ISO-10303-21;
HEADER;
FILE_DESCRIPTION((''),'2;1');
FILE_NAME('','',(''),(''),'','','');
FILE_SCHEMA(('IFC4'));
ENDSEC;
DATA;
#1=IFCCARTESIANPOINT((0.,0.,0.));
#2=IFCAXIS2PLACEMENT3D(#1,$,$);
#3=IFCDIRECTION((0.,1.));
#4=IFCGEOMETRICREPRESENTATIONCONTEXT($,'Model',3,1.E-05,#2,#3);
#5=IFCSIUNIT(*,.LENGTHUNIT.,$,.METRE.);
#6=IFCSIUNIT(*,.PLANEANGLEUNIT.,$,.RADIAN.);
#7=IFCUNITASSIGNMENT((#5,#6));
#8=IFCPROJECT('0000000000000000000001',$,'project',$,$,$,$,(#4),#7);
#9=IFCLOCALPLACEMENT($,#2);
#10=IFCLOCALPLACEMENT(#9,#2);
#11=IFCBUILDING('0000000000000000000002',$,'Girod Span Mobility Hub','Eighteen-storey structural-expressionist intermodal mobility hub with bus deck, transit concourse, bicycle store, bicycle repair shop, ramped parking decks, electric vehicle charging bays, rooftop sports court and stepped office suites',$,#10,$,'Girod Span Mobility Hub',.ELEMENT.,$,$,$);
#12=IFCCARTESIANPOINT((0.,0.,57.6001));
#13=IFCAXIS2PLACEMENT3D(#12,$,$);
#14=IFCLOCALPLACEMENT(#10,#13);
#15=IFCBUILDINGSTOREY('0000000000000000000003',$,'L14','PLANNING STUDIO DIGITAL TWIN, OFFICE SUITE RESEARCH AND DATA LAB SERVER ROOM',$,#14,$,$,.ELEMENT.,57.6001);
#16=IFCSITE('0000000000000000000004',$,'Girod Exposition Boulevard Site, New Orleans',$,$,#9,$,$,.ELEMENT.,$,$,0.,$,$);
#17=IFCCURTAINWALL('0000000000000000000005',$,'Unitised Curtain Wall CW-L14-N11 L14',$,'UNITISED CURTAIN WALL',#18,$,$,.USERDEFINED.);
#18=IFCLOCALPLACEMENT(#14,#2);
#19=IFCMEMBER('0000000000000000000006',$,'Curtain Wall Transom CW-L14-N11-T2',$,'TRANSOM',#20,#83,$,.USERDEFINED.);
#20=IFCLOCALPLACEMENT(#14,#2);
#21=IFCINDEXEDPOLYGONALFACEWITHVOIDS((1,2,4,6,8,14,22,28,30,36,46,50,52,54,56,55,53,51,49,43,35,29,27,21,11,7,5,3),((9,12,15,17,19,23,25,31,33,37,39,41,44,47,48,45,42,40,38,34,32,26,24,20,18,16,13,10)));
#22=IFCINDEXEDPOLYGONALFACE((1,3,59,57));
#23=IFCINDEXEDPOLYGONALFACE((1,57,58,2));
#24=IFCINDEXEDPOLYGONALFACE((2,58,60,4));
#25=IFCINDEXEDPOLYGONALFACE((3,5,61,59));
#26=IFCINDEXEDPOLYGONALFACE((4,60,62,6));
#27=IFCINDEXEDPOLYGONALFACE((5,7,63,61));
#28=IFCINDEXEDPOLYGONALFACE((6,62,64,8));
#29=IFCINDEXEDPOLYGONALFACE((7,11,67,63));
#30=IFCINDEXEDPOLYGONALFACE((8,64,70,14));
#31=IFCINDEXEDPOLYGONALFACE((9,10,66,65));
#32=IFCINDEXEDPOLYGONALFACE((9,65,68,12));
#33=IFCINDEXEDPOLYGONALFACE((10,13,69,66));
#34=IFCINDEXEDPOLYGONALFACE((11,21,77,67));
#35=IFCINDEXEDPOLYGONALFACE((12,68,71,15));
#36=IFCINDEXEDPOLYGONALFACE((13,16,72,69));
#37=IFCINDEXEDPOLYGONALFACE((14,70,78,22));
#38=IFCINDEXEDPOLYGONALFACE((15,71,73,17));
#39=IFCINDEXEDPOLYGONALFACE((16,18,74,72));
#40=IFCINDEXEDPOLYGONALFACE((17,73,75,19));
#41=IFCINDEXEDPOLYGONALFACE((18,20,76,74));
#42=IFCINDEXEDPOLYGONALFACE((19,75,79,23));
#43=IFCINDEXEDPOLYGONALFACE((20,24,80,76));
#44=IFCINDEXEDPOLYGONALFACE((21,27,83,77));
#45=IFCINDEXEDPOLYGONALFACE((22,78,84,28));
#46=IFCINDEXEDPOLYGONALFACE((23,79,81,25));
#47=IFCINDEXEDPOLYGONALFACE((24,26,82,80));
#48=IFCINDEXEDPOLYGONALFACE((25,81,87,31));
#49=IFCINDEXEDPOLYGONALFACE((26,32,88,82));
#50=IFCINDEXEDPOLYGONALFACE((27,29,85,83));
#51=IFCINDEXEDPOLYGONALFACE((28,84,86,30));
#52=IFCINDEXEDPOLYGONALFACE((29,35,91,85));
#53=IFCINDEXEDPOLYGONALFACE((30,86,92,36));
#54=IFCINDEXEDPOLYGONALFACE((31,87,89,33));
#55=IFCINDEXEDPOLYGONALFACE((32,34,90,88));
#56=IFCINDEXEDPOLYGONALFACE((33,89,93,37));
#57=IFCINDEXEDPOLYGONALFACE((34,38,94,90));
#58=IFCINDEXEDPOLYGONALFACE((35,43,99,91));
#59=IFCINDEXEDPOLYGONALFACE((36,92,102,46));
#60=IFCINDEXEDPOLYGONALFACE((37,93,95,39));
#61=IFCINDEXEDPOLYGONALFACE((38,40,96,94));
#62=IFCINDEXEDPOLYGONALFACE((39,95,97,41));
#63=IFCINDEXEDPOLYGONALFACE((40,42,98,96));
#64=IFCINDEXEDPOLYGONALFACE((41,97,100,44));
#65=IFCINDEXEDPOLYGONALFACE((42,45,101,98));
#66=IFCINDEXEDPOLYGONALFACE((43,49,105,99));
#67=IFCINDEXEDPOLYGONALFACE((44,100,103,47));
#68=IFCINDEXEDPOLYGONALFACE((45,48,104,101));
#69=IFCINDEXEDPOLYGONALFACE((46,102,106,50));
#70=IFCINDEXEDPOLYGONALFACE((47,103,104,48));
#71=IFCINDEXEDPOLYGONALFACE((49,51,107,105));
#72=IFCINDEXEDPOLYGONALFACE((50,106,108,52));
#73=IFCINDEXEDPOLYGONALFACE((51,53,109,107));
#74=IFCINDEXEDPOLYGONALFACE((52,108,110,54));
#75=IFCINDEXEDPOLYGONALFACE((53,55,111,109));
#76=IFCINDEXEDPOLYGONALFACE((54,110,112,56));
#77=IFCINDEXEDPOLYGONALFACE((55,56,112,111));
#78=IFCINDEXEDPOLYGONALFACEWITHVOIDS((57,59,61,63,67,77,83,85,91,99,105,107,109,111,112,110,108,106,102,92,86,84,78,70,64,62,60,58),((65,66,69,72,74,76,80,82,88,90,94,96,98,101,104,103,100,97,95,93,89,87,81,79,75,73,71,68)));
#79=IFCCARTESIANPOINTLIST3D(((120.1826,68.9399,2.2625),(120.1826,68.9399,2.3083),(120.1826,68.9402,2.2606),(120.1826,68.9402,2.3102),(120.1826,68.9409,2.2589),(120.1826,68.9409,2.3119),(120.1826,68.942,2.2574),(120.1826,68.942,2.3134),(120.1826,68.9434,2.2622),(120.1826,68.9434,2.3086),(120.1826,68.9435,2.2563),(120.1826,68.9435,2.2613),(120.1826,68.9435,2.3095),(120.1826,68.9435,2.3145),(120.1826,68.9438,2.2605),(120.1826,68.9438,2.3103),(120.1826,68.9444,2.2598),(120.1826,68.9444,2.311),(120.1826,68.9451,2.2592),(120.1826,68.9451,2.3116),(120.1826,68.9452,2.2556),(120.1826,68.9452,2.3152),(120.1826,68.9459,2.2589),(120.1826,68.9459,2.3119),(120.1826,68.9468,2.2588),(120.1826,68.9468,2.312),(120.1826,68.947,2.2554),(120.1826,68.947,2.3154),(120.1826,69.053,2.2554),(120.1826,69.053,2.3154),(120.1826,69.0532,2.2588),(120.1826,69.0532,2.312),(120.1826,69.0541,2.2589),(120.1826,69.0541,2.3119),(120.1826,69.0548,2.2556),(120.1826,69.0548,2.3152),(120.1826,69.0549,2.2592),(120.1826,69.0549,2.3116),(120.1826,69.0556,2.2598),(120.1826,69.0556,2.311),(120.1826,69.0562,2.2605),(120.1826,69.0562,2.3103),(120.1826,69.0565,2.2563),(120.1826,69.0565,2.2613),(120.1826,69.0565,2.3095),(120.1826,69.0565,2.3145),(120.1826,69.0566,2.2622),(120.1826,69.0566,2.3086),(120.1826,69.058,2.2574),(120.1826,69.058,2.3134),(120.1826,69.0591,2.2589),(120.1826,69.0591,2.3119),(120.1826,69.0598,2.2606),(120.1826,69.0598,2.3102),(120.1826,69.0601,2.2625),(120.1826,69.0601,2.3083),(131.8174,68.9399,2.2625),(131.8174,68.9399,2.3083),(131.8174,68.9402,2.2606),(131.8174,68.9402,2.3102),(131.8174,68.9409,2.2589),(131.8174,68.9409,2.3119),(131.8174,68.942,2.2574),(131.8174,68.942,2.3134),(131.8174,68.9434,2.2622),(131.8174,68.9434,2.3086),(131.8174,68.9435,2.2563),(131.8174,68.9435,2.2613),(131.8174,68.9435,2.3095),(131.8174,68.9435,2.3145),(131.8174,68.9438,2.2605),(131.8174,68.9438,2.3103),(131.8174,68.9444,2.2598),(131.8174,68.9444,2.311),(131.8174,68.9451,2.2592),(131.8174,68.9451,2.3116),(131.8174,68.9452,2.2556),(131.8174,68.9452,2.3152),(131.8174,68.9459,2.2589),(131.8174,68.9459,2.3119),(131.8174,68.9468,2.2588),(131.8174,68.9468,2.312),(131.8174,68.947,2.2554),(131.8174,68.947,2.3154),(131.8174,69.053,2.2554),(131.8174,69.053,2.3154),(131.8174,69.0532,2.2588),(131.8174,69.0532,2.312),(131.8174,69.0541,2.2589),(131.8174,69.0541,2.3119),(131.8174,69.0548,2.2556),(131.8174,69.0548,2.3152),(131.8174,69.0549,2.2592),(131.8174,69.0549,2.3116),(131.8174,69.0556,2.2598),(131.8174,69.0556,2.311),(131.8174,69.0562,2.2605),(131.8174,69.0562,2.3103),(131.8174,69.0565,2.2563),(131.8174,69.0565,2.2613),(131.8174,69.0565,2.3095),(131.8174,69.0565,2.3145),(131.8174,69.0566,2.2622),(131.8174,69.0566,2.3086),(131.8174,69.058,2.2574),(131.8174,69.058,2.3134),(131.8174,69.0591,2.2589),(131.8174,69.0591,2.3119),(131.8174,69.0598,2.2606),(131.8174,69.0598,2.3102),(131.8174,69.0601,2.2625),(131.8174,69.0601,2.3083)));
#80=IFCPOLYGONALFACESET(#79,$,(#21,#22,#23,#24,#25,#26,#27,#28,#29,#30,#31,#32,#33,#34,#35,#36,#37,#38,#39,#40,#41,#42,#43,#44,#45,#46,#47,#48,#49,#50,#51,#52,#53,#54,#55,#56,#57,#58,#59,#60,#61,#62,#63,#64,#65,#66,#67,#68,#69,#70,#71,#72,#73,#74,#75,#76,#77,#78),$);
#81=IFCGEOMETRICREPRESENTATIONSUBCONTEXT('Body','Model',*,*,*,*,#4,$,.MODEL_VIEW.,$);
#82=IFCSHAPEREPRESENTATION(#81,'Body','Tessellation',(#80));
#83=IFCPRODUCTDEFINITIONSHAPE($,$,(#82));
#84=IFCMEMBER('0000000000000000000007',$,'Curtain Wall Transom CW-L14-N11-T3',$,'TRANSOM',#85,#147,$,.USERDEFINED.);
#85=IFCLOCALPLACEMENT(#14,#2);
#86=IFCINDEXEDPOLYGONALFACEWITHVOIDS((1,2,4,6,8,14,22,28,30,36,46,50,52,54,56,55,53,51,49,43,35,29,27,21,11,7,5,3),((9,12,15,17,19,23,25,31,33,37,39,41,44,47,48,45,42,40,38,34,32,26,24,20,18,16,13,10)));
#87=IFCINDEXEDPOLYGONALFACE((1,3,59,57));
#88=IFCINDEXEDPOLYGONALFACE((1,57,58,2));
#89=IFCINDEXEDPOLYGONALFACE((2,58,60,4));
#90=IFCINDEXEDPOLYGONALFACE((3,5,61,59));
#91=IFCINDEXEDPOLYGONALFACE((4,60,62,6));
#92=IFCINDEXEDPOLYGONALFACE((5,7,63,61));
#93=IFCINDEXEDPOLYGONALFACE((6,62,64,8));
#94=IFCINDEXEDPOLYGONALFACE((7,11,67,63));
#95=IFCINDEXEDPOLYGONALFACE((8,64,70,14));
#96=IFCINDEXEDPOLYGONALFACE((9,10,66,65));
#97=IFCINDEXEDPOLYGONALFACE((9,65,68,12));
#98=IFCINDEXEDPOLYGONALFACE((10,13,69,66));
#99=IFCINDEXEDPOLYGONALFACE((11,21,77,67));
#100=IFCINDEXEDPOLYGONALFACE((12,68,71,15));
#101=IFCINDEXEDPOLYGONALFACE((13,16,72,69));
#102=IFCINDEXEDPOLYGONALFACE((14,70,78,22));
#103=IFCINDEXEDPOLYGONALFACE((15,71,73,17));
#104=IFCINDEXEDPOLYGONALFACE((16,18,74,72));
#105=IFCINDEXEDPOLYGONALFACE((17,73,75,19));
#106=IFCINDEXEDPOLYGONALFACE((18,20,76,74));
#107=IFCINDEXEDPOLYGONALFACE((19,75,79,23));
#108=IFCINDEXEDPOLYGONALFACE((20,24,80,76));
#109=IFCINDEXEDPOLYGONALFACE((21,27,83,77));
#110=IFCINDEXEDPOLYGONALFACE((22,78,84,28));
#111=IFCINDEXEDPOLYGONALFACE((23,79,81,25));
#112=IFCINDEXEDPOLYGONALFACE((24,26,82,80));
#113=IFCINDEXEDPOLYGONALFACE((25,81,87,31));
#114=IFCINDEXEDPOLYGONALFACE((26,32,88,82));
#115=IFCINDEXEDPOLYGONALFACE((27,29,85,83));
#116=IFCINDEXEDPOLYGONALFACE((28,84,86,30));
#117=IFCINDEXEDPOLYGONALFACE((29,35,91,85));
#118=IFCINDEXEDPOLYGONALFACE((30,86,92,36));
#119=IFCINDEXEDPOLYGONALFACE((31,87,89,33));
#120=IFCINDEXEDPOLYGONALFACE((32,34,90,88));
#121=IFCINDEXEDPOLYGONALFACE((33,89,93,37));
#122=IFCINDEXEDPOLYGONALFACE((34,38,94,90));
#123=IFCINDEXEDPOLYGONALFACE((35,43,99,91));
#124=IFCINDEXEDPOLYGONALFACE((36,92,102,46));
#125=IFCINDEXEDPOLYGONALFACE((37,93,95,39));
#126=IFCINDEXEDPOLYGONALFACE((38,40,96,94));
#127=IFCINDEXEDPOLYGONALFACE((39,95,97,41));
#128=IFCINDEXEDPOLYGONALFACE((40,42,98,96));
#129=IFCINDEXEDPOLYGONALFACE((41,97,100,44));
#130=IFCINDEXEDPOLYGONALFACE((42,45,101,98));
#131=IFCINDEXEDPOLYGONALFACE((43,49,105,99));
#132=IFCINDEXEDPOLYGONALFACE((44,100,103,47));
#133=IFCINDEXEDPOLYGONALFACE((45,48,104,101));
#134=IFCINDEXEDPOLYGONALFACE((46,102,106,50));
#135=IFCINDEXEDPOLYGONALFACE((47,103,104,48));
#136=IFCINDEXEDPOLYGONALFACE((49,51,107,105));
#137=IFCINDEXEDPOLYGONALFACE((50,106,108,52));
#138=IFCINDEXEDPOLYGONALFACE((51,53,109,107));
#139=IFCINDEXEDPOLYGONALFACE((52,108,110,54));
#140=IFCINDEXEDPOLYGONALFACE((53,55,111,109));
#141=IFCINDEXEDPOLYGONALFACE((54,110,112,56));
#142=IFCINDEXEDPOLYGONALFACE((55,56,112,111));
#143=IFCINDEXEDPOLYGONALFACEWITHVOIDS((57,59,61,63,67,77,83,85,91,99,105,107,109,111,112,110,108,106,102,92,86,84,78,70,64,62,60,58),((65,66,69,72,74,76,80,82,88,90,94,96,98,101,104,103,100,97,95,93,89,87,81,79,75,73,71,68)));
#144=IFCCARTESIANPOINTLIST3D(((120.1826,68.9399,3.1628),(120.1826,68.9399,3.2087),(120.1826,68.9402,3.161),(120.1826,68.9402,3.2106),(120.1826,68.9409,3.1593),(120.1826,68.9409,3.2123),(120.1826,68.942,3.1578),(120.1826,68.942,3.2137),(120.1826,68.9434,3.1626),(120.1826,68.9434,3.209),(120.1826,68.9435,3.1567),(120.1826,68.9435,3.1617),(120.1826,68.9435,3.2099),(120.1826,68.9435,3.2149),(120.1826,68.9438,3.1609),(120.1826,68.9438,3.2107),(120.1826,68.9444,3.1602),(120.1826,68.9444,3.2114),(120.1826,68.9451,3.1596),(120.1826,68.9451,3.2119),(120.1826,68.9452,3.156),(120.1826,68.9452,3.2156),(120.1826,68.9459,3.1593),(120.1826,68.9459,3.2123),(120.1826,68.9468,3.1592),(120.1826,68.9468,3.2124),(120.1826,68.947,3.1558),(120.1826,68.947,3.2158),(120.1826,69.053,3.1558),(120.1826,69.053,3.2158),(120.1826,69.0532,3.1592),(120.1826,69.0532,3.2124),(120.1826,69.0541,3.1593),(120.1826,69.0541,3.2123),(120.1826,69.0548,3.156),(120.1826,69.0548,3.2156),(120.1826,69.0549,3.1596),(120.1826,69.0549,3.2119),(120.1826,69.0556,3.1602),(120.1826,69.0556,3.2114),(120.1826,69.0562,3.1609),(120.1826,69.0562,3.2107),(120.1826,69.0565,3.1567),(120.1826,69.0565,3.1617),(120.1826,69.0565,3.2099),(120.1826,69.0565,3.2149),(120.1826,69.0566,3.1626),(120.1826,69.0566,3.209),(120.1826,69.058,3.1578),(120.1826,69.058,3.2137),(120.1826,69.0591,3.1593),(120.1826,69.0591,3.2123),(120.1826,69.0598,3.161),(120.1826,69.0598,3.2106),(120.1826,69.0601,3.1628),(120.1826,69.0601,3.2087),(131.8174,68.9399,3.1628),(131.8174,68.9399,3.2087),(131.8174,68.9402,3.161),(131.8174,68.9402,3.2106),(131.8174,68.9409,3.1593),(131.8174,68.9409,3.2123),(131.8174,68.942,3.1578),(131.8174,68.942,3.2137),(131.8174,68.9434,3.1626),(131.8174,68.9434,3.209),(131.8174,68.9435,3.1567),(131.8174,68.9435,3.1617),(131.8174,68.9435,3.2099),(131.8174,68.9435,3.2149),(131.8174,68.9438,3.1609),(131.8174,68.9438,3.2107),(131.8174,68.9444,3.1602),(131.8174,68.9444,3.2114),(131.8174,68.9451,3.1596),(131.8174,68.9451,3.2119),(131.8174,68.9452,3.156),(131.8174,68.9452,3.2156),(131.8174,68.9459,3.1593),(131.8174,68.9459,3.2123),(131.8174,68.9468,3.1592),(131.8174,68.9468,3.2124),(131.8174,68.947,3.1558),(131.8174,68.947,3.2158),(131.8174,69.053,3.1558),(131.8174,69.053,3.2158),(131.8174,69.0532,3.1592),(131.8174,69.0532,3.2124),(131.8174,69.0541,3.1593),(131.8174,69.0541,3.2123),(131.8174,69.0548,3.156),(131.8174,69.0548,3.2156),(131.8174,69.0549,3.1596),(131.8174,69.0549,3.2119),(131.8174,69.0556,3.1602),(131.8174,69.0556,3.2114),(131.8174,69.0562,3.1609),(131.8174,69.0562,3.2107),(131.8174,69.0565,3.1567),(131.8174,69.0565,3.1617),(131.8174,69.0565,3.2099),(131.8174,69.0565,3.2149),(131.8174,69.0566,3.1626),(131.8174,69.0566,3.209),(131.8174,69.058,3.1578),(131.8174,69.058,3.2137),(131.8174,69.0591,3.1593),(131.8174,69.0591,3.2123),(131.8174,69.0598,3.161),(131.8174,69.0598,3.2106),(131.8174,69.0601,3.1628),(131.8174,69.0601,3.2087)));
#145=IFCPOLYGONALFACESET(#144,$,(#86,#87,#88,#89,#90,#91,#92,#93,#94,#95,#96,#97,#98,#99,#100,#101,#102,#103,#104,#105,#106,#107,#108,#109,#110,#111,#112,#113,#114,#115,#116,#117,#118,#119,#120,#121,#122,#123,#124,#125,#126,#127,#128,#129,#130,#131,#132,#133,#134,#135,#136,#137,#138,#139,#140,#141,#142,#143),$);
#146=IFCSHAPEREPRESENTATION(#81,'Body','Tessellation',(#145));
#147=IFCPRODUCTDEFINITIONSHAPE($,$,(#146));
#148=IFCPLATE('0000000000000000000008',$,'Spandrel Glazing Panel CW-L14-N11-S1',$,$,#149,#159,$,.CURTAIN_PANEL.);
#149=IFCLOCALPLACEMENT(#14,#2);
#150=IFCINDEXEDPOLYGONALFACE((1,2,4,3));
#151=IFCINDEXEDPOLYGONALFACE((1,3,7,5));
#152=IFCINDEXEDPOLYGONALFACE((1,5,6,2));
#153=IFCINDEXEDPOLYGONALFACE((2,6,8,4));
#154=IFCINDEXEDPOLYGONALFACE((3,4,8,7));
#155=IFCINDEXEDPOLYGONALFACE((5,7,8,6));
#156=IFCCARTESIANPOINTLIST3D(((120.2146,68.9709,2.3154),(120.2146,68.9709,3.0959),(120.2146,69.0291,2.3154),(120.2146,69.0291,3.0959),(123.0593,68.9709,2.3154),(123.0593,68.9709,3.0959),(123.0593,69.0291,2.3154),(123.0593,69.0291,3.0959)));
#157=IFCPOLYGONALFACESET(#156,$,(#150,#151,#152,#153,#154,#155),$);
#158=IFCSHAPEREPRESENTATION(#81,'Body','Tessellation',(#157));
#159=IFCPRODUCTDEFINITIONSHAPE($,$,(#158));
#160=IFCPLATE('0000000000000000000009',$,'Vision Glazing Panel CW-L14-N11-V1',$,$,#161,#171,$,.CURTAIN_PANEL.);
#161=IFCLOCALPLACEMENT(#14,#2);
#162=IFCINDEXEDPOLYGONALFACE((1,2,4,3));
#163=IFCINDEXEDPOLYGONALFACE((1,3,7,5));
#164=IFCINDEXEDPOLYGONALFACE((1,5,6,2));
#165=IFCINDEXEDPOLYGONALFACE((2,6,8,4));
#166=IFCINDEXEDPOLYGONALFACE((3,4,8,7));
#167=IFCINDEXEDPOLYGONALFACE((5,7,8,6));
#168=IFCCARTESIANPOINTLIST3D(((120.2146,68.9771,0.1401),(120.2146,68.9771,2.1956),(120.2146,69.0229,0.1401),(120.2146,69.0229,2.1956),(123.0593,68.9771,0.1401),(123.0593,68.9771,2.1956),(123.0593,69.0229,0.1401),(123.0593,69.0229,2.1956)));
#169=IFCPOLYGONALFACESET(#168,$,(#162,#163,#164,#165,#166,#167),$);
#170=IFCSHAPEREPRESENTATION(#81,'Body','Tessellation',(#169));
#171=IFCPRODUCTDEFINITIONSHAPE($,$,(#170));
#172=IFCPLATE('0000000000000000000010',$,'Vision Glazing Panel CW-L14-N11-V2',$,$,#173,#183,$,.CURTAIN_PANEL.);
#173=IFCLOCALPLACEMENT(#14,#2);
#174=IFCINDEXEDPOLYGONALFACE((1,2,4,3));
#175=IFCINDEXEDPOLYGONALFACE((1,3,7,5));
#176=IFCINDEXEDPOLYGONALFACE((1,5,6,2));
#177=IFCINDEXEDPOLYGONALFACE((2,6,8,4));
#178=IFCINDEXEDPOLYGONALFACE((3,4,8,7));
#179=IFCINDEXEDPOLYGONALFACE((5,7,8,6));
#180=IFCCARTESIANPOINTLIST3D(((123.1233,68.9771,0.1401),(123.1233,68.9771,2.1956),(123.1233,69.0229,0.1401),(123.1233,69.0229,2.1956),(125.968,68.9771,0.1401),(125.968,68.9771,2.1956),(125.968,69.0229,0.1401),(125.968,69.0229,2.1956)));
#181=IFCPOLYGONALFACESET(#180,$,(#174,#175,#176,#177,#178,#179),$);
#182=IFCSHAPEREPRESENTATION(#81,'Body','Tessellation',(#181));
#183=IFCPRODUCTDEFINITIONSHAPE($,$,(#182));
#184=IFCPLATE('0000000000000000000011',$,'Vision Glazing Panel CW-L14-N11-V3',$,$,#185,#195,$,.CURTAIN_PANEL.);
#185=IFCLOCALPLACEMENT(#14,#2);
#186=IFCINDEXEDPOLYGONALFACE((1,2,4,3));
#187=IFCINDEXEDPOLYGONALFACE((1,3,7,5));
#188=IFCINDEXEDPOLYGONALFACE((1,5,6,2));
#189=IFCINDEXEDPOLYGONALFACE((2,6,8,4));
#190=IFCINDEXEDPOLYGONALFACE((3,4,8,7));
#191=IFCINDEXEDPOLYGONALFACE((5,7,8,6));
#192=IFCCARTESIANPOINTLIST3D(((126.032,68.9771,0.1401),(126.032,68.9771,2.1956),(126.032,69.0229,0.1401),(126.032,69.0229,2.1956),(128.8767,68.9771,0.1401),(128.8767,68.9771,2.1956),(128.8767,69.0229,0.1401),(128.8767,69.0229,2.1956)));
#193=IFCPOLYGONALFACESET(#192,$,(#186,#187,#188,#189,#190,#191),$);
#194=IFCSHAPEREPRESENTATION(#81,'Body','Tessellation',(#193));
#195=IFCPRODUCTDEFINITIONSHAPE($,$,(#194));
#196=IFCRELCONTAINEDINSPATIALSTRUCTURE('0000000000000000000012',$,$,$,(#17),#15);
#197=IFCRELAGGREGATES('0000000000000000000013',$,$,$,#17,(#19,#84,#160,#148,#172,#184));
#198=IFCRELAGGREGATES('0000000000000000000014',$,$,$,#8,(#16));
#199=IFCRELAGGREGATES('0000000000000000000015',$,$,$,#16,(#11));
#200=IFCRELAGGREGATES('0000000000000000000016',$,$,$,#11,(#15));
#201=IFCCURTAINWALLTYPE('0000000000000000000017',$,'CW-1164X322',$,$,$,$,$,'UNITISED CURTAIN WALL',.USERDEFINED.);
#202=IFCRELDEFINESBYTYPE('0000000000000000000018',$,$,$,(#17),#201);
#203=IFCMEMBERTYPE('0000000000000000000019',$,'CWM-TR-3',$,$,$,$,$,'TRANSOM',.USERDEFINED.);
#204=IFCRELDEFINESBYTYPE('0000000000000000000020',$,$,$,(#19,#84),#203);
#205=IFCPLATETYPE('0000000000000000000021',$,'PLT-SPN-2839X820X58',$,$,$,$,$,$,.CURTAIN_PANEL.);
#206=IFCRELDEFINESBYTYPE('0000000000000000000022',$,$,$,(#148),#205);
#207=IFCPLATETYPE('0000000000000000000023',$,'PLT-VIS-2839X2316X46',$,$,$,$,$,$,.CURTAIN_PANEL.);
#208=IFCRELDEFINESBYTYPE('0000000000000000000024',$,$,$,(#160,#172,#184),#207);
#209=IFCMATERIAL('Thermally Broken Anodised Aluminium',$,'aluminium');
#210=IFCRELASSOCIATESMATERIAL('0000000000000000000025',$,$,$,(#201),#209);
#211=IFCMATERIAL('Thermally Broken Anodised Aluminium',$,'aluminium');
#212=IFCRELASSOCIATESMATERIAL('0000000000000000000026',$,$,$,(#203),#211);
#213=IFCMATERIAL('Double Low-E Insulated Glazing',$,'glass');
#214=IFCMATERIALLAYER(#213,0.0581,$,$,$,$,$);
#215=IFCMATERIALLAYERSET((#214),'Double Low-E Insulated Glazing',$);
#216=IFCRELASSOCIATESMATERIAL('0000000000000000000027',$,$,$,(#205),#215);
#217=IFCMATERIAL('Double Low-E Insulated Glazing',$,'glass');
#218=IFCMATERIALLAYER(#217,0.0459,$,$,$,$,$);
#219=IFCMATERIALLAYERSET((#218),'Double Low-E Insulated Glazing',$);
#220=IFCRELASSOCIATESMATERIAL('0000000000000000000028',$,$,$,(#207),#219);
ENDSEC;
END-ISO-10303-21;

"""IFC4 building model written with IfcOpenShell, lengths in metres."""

from ifc_helpers import new_model, si_unit, direction, frame, origin, origin_2d, place, context, subcontext, project, spatial, rectangle, hollow_rectangle, extrude, material, layer, layer_set, material_profile, profile_set, type_object, element, aggregate, save


model = new_model("IFC4")

# Units and contexts
model_context = context("Model", 3, precision=1e-05, world=origin(), true_north=direction((0.0, 1.0)))
body_context = subcontext(model_context, "Body", "Model", "MODEL_VIEW")
ifc_project = project(units=[si_unit("LENGTHUNIT", "METRE"), si_unit("PLANEANGLEUNIT", "RADIAN")], contexts=[model_context])

# Site, building, storey
site_placement = place(None, origin())
site = spatial("IfcSite", under=ifc_project, at=site_placement, Name="Girod Exposition Boulevard Site, New Orleans", CompositionType="ELEMENT", RefElevation=0.0)
building_placement = place(site_placement, origin())
building = spatial("IfcBuilding", under=site, at=building_placement, Name="Girod Span Mobility Hub", Description="Eighteen-storey structural-expressionist intermodal mobility hub with bus deck, transit concourse, bicycle store, bicycle repair shop, ramped parking decks, electric vehicle charging bays, rooftop sports court and stepped office suites", LongName="Girod Span Mobility Hub", CompositionType="ELEMENT")
storey_placement = place(building_placement, frame((0.0, 0.0, 57.6001)))
storey = spatial("IfcBuildingStorey", under=building, at=storey_placement, Name="L14", Description="PLANNING STUDIO DIGITAL TWIN, OFFICE SUITE RESEARCH AND DATA LAB SERVER ROOM", CompositionType="ELEMENT", Elevation=57.6001)

# Curtain wall, members, plates
ifc_material_1 = material(Name="Thermally Broken Anodised Aluminium", Category="aluminium")
curtain_wall_type = type_object("IfcCurtainWallType", Name="CW-1164X322", ElementType="UNITISED CURTAIN WALL", PredefinedType="USERDEFINED", material=ifc_material_1)
curtain_wall_placement = place(storey_placement, origin())
curtain_wall = element("IfcCurtainWall", 1, at=curtain_wall_placement, inside=storey, type_object=curtain_wall_type, Name="Unitised Curtain Wall CW-L14-N11 L14", ObjectType="UNITISED CURTAIN WALL", PredefinedType="USERDEFINED")
ifc_material_2 = material(Name="Thermally Broken Anodised Aluminium", Category="aluminium")
ifc_material_profile_1 = material_profile(ifc_material_2, hollow_rectangle(XDim=0.1201, YDim=0.0601, WallThickness=0.0034, InnerFilletRadius=0.0034, OuterFilletRadius=0.0071, at=origin_2d()), Name="CW-TR-60X120")
ifc_profile_set_1 = profile_set([ifc_material_profile_1], Name="Thermally Broken Anodised Aluminium")
member_type_1 = type_object("IfcMemberType", Name="CWM-TR-3", ElementType="TRANSOM", PredefinedType="USERDEFINED", material=ifc_profile_set_1)
member_1_placement = place(storey_placement, frame((120.1826, 69.0, 2.2854), z_axis=(1.0, 0.0, 0.0), x_axis=(0.0, 1.0, 0.0)))
member_1 = element("IfcMember", 2, at=member_1_placement, type_object=member_type_1, Name="Curtain Wall Transom CW-L14-N11-T2", ObjectType="TRANSOM", PredefinedType="USERDEFINED", context=body_context, shape_type="SweptSolid", body=[
    extrude(hollow_rectangle(XDim=0.1201, YDim=0.0601, WallThickness=0.0034, InnerFilletRadius=0.0034, OuterFilletRadius=0.0071, at=origin_2d()), origin(), (0.0, 0.0, 1.0), 11.6348),
])
member_2_placement = place(storey_placement, frame((120.1826, 69.0, 3.1858), z_axis=(1.0, 0.0, 0.0), x_axis=(0.0, 1.0, 0.0)))
member_2 = element("IfcMember", 3, at=member_2_placement, type_object=member_type_1, Name="Curtain Wall Transom CW-L14-N11-T3", ObjectType="TRANSOM", PredefinedType="USERDEFINED", context=body_context, shape_type="SweptSolid", body=[
    extrude(hollow_rectangle(XDim=0.1201, YDim=0.0601, WallThickness=0.0034, InnerFilletRadius=0.0034, OuterFilletRadius=0.0071, at=origin_2d()), origin(), (0.0, 0.0, 1.0), 11.6348),
])
ifc_material_3 = material(Name="Double Low-E Insulated Glazing", Category="glass")
ifc_layer_1 = layer(ifc_material_3, 0.0581)
ifc_layer_set_1 = layer_set([ifc_layer_1], Name="Double Low-E Insulated Glazing")
plate_type_1 = type_object("IfcPlateType", Name="PLT-SPN-2839X820X58", PredefinedType="CURTAIN_PANEL", material=ifc_layer_set_1)
plate_1_placement = place(storey_placement, frame((121.637, 69.0, 2.3154), z_axis=(0.0, 0.0, 1.0), x_axis=(1.0, 0.0, 0.0)))
plate_1 = element("IfcPlate", 4, at=plate_1_placement, type_object=plate_type_1, Name="Spandrel Glazing Panel CW-L14-N11-S1", PredefinedType="CURTAIN_PANEL", context=body_context, shape_type="SweptSolid", body=[
    extrude(rectangle(XDim=2.8447, YDim=0.0581, at=origin_2d()), origin(), (0.0, 0.0, 1.0), 0.7805),
])
ifc_material_4 = material(Name="Double Low-E Insulated Glazing", Category="glass")
ifc_layer_2 = layer(ifc_material_4, 0.0459)
ifc_layer_set_2 = layer_set([ifc_layer_2], Name="Double Low-E Insulated Glazing")
plate_type_2 = type_object("IfcPlateType", Name="PLT-VIS-2839X2316X46", PredefinedType="CURTAIN_PANEL", material=ifc_layer_set_2)
plate_2_placement = place(storey_placement, frame((121.637, 69.0, 0.1401), z_axis=(0.0, 0.0, 1.0), x_axis=(1.0, 0.0, 0.0)))
plate_2 = element("IfcPlate", 5, at=plate_2_placement, type_object=plate_type_2, Name="Vision Glazing Panel CW-L14-N11-V1", PredefinedType="CURTAIN_PANEL", context=body_context, shape_type="SweptSolid", body=[
    extrude(rectangle(XDim=2.8447, YDim=0.0459, at=origin_2d()), origin(), (0.0, 0.0, 1.0), 2.0554),
])
plate_3_placement = place(storey_placement, frame((124.5457, 69.0, 0.1401), z_axis=(0.0, 0.0, 1.0), x_axis=(1.0, 0.0, 0.0)))
plate_3 = element("IfcPlate", 6, at=plate_3_placement, type_object=plate_type_2, Name="Vision Glazing Panel CW-L14-N11-V2", PredefinedType="CURTAIN_PANEL", context=body_context, shape_type="SweptSolid", body=[
    extrude(rectangle(XDim=2.8447, YDim=0.0459, at=origin_2d()), origin(), (0.0, 0.0, 1.0), 2.0554),
])
plate_4_placement = place(storey_placement, frame((127.4543, 69.0, 0.1401), z_axis=(0.0, 0.0, 1.0), x_axis=(1.0, 0.0, 0.0)))
plate_4 = element("IfcPlate", 7, at=plate_4_placement, type_object=plate_type_2, Name="Vision Glazing Panel CW-L14-N11-V3", PredefinedType="CURTAIN_PANEL", context=body_context, shape_type="SweptSolid", body=[
    extrude(rectangle(XDim=2.8447, YDim=0.0459, at=origin_2d()), origin(), (0.0, 0.0, 1.0), 2.0554),
])
aggregate(curtain_wall, [member_1, member_2, plate_2, plate_1, plate_3, plate_4])

save(model, "model.ifc")
